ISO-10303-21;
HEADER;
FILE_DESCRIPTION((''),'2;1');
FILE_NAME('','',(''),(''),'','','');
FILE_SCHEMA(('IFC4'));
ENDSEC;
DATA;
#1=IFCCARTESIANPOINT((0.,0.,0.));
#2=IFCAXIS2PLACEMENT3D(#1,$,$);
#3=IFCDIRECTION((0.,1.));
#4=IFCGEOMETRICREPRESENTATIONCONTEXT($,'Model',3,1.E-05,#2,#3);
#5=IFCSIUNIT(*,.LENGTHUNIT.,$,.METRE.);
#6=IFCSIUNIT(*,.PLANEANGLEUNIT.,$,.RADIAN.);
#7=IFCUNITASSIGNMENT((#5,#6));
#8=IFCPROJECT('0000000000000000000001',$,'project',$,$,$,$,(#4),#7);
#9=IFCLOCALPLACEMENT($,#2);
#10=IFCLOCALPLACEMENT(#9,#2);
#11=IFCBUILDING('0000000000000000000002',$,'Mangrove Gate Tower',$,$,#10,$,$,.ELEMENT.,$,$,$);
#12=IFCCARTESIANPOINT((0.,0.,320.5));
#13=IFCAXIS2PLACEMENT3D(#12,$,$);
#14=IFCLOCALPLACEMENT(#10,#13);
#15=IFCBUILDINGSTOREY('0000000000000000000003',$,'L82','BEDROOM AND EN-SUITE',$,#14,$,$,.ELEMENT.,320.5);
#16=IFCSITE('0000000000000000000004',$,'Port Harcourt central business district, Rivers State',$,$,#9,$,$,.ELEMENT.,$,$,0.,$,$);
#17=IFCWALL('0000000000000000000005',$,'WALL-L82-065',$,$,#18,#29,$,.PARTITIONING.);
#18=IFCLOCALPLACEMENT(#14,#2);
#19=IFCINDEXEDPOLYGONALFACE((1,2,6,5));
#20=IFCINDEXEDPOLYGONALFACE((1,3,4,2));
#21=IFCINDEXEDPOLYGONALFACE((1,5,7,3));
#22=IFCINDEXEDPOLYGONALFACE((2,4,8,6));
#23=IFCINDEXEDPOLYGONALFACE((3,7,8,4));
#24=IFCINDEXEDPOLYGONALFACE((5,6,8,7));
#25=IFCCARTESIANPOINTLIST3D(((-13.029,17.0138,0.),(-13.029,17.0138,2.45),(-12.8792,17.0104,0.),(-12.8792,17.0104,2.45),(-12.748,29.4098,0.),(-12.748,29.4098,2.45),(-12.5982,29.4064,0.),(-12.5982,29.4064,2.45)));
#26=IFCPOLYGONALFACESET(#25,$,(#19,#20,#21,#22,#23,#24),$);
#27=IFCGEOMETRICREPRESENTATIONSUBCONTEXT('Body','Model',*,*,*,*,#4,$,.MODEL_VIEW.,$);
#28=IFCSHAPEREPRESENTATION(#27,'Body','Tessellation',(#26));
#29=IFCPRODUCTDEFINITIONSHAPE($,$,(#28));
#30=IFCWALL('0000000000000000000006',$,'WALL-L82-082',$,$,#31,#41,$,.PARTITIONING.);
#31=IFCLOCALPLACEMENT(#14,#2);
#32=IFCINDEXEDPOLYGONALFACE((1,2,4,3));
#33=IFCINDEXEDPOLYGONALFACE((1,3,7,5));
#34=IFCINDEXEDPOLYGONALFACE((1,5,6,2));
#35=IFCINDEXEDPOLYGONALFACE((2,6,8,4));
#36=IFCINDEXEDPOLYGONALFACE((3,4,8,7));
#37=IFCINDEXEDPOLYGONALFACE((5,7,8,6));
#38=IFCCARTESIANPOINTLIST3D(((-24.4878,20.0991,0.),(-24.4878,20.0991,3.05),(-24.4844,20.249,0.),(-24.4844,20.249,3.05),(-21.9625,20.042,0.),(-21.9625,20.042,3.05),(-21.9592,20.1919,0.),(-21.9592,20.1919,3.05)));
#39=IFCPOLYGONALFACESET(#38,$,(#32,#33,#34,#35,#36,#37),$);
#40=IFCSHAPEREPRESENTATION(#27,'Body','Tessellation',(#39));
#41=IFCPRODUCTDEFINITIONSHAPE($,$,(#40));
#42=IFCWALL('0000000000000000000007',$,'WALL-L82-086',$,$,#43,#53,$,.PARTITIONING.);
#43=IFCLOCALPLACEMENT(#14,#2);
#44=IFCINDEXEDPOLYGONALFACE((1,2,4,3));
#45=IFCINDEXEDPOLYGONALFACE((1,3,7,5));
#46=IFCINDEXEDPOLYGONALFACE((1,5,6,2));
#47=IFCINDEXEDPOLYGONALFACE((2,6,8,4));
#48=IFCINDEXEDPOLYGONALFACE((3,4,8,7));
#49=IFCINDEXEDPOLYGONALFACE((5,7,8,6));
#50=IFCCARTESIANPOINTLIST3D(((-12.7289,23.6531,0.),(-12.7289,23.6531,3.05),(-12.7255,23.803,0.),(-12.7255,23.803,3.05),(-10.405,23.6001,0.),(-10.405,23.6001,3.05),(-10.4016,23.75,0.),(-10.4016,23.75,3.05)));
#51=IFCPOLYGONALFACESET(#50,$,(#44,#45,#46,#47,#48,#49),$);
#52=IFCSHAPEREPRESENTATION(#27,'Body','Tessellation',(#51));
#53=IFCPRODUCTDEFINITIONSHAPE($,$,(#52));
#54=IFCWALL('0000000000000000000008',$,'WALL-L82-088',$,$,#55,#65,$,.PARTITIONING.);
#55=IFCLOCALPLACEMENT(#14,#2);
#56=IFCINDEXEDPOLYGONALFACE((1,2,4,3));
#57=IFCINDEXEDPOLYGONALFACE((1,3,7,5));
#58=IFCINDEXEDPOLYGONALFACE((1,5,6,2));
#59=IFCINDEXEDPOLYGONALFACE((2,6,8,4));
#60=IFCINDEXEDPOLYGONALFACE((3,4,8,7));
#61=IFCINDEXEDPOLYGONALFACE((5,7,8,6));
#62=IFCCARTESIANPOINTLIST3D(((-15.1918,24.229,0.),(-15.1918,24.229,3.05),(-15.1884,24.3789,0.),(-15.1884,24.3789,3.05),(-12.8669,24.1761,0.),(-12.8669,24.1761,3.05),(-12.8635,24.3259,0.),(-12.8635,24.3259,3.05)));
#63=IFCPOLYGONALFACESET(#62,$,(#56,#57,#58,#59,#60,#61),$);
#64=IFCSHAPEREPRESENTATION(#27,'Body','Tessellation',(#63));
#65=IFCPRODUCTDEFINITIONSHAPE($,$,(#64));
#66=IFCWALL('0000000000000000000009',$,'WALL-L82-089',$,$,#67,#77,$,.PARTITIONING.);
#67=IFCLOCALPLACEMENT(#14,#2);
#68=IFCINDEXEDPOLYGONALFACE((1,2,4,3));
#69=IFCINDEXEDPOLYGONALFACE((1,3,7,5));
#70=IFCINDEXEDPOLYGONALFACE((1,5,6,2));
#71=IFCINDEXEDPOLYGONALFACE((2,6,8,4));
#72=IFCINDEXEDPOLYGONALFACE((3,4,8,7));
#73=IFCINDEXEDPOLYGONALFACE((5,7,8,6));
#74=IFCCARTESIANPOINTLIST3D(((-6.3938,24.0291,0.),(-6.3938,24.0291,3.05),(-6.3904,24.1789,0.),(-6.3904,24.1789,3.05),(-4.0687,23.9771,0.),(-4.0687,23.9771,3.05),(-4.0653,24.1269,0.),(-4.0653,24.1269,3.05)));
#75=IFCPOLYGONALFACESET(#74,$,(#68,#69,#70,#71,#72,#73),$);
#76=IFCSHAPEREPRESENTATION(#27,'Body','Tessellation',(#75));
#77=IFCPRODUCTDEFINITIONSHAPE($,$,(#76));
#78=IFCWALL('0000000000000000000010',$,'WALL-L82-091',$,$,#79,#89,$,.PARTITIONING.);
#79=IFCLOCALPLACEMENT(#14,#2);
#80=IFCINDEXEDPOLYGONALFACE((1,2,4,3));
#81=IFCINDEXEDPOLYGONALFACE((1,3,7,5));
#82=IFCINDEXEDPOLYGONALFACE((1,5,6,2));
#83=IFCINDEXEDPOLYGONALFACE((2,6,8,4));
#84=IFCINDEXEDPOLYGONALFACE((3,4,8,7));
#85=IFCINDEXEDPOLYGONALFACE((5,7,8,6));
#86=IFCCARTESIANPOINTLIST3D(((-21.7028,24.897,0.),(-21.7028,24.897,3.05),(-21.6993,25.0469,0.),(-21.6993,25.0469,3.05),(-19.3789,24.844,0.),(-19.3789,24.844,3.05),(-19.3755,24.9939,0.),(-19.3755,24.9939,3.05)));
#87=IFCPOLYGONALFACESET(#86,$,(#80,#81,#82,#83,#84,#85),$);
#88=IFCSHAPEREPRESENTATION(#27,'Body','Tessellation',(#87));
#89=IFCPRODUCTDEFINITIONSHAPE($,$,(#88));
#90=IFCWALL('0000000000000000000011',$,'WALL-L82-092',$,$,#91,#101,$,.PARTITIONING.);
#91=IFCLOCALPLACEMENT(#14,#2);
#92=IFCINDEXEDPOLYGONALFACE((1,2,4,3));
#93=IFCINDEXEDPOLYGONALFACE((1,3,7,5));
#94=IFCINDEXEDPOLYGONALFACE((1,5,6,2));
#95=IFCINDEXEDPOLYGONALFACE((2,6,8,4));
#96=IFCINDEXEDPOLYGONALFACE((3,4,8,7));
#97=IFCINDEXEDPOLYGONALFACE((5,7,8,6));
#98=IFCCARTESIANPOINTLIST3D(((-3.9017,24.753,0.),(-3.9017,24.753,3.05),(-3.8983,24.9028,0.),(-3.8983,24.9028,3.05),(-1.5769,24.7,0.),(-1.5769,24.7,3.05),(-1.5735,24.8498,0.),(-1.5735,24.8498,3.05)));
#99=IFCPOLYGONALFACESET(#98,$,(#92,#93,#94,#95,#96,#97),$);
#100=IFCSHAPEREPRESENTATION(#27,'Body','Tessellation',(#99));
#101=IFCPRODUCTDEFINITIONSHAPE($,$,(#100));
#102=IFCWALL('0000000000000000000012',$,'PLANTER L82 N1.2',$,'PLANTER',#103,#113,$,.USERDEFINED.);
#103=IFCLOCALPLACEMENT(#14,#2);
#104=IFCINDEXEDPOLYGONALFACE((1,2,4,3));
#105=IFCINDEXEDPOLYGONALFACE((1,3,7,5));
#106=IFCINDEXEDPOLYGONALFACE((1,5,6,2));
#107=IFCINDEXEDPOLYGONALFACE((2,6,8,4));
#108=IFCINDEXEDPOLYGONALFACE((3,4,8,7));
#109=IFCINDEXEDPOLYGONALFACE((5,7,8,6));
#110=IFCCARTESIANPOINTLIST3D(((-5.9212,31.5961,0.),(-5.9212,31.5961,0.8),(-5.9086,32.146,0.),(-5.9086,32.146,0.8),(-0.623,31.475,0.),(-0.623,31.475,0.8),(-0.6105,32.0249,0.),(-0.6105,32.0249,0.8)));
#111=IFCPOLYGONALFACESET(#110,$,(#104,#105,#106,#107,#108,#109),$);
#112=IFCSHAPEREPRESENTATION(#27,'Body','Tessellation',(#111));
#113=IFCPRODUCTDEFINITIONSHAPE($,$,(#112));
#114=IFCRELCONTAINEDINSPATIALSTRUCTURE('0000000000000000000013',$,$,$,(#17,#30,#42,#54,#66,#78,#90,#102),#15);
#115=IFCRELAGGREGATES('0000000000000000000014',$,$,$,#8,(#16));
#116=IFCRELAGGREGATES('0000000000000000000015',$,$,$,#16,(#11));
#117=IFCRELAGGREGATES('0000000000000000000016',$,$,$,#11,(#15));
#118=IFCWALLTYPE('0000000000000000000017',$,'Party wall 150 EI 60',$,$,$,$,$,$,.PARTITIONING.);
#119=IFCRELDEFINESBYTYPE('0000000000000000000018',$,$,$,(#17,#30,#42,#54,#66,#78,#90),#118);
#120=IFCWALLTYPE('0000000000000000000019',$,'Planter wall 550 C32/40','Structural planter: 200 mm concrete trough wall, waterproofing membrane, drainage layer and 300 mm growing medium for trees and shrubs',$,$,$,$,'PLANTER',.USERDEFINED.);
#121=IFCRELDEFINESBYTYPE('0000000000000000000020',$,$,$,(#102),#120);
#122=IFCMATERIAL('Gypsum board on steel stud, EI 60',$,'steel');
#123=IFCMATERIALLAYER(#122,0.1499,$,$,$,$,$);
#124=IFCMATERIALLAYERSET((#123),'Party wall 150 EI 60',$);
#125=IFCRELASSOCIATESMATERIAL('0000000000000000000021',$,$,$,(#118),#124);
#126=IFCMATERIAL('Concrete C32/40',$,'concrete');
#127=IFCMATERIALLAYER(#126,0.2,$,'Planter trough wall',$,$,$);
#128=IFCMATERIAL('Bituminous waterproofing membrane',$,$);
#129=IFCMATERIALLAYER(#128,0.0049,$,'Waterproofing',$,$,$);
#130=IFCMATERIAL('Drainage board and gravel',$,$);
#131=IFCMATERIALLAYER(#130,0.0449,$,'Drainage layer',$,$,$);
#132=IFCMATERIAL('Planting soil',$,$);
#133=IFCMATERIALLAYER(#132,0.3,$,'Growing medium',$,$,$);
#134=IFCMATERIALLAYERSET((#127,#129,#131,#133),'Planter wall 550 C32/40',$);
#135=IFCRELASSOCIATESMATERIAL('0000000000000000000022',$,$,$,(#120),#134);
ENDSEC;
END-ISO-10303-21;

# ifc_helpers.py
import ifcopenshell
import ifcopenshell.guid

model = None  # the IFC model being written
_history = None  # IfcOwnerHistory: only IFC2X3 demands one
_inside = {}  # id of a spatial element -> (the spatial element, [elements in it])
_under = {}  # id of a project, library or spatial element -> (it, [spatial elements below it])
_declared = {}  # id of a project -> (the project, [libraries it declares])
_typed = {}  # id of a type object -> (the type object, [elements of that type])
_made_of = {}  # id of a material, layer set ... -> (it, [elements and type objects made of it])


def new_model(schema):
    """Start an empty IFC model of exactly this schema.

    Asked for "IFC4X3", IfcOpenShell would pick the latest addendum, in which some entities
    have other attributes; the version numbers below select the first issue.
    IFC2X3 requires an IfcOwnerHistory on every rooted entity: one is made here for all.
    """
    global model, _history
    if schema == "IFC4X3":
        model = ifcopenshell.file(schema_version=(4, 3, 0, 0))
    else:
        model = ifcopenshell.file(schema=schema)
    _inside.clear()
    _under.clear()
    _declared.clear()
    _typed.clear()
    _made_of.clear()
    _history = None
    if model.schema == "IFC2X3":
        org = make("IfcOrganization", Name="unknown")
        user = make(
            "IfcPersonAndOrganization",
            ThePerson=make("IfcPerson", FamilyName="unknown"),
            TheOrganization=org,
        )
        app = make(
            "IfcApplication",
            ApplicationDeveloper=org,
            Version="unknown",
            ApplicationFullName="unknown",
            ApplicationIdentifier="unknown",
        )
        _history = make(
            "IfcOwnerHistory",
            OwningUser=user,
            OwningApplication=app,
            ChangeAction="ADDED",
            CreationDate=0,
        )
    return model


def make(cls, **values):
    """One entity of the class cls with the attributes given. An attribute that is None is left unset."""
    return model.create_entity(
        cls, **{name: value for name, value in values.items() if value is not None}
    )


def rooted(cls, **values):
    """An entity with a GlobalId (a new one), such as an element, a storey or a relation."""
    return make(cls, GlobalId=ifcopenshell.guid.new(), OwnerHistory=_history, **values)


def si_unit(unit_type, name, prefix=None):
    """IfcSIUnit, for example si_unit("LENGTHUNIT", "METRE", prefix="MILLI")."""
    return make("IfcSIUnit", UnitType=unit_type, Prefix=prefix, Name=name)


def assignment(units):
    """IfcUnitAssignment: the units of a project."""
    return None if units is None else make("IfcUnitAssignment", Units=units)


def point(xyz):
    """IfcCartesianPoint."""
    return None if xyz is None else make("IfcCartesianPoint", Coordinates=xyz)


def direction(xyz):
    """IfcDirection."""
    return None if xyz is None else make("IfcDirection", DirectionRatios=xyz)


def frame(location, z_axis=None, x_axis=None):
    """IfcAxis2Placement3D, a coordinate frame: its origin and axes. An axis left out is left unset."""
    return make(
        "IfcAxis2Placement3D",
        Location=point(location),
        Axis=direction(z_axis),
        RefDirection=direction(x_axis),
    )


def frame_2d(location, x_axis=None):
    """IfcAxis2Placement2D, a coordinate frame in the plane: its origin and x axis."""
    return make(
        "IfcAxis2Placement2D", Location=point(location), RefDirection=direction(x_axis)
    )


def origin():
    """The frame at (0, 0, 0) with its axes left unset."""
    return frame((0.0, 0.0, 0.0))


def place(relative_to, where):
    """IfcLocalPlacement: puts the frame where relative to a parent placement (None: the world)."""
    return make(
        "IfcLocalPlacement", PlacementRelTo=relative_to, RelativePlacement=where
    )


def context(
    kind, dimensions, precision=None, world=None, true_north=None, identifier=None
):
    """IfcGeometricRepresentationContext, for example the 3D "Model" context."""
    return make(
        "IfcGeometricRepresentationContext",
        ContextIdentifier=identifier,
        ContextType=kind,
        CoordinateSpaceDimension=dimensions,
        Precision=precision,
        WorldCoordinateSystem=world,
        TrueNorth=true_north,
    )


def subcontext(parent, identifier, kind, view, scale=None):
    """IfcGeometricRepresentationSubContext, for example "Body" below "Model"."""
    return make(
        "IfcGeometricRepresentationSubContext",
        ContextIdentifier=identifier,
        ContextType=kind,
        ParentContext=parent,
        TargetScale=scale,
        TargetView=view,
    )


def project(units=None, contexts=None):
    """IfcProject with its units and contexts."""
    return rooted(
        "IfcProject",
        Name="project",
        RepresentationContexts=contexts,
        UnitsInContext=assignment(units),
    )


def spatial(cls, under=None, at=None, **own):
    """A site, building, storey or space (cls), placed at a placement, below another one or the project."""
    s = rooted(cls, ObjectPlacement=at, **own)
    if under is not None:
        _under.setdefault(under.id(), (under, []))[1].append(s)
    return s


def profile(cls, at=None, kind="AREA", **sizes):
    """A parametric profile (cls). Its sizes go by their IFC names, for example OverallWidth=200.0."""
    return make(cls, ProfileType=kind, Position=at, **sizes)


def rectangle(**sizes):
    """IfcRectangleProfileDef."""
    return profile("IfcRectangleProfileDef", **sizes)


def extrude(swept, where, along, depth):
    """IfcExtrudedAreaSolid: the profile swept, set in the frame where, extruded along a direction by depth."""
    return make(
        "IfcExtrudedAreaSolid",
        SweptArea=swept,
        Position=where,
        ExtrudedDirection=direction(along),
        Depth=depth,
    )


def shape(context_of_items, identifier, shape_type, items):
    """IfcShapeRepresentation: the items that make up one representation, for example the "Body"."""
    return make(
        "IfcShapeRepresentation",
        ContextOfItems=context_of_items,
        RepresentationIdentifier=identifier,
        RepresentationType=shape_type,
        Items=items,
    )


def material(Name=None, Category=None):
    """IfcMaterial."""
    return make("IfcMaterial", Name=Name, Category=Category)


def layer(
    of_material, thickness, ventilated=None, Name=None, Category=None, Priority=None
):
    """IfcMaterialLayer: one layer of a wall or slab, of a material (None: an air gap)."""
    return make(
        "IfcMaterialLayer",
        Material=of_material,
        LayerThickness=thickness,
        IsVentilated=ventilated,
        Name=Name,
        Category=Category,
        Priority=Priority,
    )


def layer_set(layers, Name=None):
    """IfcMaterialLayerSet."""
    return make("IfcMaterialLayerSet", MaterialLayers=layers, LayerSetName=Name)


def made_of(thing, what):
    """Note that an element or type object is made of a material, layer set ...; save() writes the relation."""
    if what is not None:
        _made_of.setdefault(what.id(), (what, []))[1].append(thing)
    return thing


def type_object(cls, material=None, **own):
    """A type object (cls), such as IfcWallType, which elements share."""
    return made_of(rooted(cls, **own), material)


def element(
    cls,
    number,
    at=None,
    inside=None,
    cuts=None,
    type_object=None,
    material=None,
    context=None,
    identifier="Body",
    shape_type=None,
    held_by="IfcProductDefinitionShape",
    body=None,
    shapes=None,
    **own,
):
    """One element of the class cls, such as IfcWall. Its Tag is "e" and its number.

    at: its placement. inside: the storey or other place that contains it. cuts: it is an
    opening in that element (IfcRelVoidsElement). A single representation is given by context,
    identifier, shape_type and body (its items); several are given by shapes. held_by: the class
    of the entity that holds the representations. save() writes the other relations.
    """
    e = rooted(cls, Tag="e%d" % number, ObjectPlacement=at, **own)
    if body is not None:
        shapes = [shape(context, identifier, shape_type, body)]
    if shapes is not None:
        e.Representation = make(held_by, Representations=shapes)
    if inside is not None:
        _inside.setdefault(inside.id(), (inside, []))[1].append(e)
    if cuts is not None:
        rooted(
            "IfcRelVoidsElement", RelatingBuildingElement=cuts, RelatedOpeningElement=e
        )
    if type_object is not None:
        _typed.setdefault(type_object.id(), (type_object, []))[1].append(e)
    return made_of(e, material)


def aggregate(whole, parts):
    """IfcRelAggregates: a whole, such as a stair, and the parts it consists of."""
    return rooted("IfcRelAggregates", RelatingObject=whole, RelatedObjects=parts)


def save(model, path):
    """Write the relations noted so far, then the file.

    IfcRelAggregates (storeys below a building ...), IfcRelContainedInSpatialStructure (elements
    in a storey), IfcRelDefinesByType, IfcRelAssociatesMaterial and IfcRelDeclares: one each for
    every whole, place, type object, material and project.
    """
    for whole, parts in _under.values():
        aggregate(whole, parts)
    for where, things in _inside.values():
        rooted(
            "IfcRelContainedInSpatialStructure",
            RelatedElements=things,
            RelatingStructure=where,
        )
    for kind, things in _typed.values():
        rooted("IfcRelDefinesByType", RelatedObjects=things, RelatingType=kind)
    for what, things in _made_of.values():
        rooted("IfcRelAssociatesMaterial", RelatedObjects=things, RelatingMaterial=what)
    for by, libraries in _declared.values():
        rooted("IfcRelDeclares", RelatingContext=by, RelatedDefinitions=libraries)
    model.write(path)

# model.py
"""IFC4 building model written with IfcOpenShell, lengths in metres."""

from ifc_helpers import new_model, si_unit, direction, frame, frame_2d, origin, place, context, subcontext, project, spatial, rectangle, extrude, material, layer, layer_set, type_object, element, save


model = new_model("IFC4")

# Units and contexts
model_context = context("Model", 3, precision=1e-05, world=origin(), true_north=direction((0.0, 1.0)))
body_context = subcontext(model_context, "Body", "Model", "MODEL_VIEW")
ifc_project = project(units=[si_unit("LENGTHUNIT", "METRE"), si_unit("PLANEANGLEUNIT", "RADIAN")], contexts=[model_context])

# Site, building, storey
site_placement = place(None, origin())
site = spatial("IfcSite", under=ifc_project, at=site_placement, Name="Port Harcourt central business district, Rivers State", CompositionType="ELEMENT", RefElevation=0.0)
building_placement = place(site_placement, origin())
building = spatial("IfcBuilding", under=site, at=building_placement, Name="Mangrove Gate Tower", CompositionType="ELEMENT")
storey_placement = place(building_placement, frame((0.0, 0.0, 320.5)))
storey = spatial("IfcBuildingStorey", under=building, at=storey_placement, Name="L82", Description="BEDROOM AND EN-SUITE", CompositionType="ELEMENT", Elevation=320.5)

# Shared definitions
ifc_material_1 = material(Name="Gypsum board on steel stud, EI 60", Category="steel")
ifc_layer_1 = layer(ifc_material_1, 0.1499)
ifc_layer_set_1 = layer_set([ifc_layer_1], Name="Party wall 150 EI 60")
wall_type_1 = type_object("IfcWallType", Name="Party wall 150 EI 60", PredefinedType="PARTITIONING", material=ifc_layer_set_1)

# Walls
wall_1_placement = place(storey_placement, frame((-12.9541, 17.012, 0.0), z_axis=(0.0, 0.0, 1.0), x_axis=(0.022663, 0.999743, 0.0)))
element("IfcWall", 1, at=wall_1_placement, inside=storey, type_object=wall_type_1, Name="WALL-L82-065", PredefinedType="PARTITIONING", context=body_context, shape_type="SweptSolid", body=[
    extrude(rectangle(XDim=12.3992, YDim=0.1499, at=frame_2d((6.1997, 0.0))), origin(), (0.0, 0.0, 1.0), 2.45),
])
wall_2_placement = place(storey_placement, frame((-24.4861, 20.1741, 0.0), z_axis=(0.0, 0.0, 1.0), x_axis=(0.999744, -0.022618, 0.0)))
element("IfcWall", 2, at=wall_2_placement, inside=storey, type_object=wall_type_1, Name="WALL-L82-082", PredefinedType="PARTITIONING", context=body_context, shape_type="SweptSolid", body=[
    extrude(rectangle(XDim=2.5259, YDim=0.1499, at=frame_2d((1.2629, 0.0))), origin(), (0.0, 0.0, 1.0), 3.05),
])
wall_3_placement = place(storey_placement, frame((-12.7271, 23.728, 0.0), z_axis=(0.0, 0.0, 1.0), x_axis=(0.99974, -0.022791, 0.0)))
element("IfcWall", 3, at=wall_3_placement, inside=storey, type_object=wall_type_1, Name="WALL-L82-086", PredefinedType="PARTITIONING", context=body_context, shape_type="SweptSolid", body=[
    extrude(rectangle(XDim=2.3245, YDim=0.1499, at=frame_2d((1.1621, 0.0))), origin(), (0.0, 0.0, 1.0), 3.05),
])
wall_4_placement = place(storey_placement, frame((-15.1899, 24.304, 0.0), z_axis=(0.0, 0.0, 1.0), x_axis=(0.99974, -0.022781, 0.0)))
element("IfcWall", 4, at=wall_4_placement, inside=storey, type_object=wall_type_1, Name="WALL-L82-088", PredefinedType="PARTITIONING", context=body_context, shape_type="SweptSolid", body=[
    extrude(rectangle(XDim=2.3254, YDim=0.1499, at=frame_2d((1.1626, 0.0))), origin(), (0.0, 0.0, 1.0), 3.05),
])
wall_5_placement = place(storey_placement, frame((-6.3921, 24.104, 0.0), z_axis=(0.0, 0.0, 1.0), x_axis=(0.99975, -0.022359, 0.0)))
element("IfcWall", 5, at=wall_5_placement, inside=storey, type_object=wall_type_1, Name="WALL-L82-089", PredefinedType="PARTITIONING", context=body_context, shape_type="SweptSolid", body=[
    extrude(rectangle(XDim=2.3257, YDim=0.1499, at=frame_2d((1.1628, 0.0))), origin(), (0.0, 0.0, 1.0), 3.05),
])
wall_6_placement = place(storey_placement, frame((-21.7009, 24.9719, 0.0), z_axis=(0.0, 0.0, 1.0), x_axis=(0.99974, -0.022791, 0.0)))
element("IfcWall", 6, at=wall_6_placement, inside=storey, type_object=wall_type_1, Name="WALL-L82-091", PredefinedType="PARTITIONING", context=body_context, shape_type="SweptSolid", body=[
    extrude(rectangle(XDim=2.3245, YDim=0.1499, at=frame_2d((1.1621, 0.0))), origin(), (0.0, 0.0, 1.0), 3.05),
])
wall_7_placement = place(storey_placement, frame((-3.8999, 24.8279, 0.0), z_axis=(0.0, 0.0, 1.0), x_axis=(0.99974, -0.022781, 0.0)))
element("IfcWall", 7, at=wall_7_placement, inside=storey, type_object=wall_type_1, Name="WALL-L82-092", PredefinedType="PARTITIONING", context=body_context, shape_type="SweptSolid", body=[
    extrude(rectangle(XDim=2.3254, YDim=0.1499, at=frame_2d((1.1626, 0.0))), origin(), (0.0, 0.0, 1.0), 3.05),
])
ifc_material_2 = material(Name="Concrete C32/40", Category="concrete")
ifc_layer_2 = layer(ifc_material_2, 0.2, Name="Planter trough wall")
ifc_material_3 = material(Name="Bituminous waterproofing membrane")
ifc_layer_3 = layer(ifc_material_3, 0.0049, Name="Waterproofing")
ifc_material_4 = material(Name="Drainage board and gravel")
ifc_layer_4 = layer(ifc_material_4, 0.0449, Name="Drainage layer")
ifc_material_5 = material(Name="Planting soil")
ifc_layer_5 = layer(ifc_material_5, 0.3, Name="Growing medium")
ifc_layer_set_2 = layer_set([ifc_layer_2, ifc_layer_3, ifc_layer_4, ifc_layer_5], Name="Planter wall 550 C32/40")
wall_type_2 = type_object("IfcWallType", Name="Planter wall 550 C32/40", Description="Structural planter: 200 mm concrete trough wall, waterproofing membrane, drainage layer and 300 mm growing medium for trees and shrubs", ElementType="PLANTER", PredefinedType="USERDEFINED", material=ifc_layer_set_2)
wall_8_placement = place(storey_placement, frame((-5.915, 31.8711, 0.0), z_axis=(0.0, 0.0, 1.0), x_axis=(0.999739, -0.02285, 0.0)))
element("IfcWall", 8, at=wall_8_placement, inside=storey, type_object=wall_type_2, Name="PLANTER L82 N1.2", ObjectType="PLANTER", PredefinedType="USERDEFINED", context=body_context, shape_type="SweptSolid", body=[
    extrude(rectangle(XDim=5.2996, YDim=0.55, at=frame_2d((2.6499, 0.0))), origin(), (0.0, 0.0, 1.0), 0.8),
])

save(model, "model.ifc")
